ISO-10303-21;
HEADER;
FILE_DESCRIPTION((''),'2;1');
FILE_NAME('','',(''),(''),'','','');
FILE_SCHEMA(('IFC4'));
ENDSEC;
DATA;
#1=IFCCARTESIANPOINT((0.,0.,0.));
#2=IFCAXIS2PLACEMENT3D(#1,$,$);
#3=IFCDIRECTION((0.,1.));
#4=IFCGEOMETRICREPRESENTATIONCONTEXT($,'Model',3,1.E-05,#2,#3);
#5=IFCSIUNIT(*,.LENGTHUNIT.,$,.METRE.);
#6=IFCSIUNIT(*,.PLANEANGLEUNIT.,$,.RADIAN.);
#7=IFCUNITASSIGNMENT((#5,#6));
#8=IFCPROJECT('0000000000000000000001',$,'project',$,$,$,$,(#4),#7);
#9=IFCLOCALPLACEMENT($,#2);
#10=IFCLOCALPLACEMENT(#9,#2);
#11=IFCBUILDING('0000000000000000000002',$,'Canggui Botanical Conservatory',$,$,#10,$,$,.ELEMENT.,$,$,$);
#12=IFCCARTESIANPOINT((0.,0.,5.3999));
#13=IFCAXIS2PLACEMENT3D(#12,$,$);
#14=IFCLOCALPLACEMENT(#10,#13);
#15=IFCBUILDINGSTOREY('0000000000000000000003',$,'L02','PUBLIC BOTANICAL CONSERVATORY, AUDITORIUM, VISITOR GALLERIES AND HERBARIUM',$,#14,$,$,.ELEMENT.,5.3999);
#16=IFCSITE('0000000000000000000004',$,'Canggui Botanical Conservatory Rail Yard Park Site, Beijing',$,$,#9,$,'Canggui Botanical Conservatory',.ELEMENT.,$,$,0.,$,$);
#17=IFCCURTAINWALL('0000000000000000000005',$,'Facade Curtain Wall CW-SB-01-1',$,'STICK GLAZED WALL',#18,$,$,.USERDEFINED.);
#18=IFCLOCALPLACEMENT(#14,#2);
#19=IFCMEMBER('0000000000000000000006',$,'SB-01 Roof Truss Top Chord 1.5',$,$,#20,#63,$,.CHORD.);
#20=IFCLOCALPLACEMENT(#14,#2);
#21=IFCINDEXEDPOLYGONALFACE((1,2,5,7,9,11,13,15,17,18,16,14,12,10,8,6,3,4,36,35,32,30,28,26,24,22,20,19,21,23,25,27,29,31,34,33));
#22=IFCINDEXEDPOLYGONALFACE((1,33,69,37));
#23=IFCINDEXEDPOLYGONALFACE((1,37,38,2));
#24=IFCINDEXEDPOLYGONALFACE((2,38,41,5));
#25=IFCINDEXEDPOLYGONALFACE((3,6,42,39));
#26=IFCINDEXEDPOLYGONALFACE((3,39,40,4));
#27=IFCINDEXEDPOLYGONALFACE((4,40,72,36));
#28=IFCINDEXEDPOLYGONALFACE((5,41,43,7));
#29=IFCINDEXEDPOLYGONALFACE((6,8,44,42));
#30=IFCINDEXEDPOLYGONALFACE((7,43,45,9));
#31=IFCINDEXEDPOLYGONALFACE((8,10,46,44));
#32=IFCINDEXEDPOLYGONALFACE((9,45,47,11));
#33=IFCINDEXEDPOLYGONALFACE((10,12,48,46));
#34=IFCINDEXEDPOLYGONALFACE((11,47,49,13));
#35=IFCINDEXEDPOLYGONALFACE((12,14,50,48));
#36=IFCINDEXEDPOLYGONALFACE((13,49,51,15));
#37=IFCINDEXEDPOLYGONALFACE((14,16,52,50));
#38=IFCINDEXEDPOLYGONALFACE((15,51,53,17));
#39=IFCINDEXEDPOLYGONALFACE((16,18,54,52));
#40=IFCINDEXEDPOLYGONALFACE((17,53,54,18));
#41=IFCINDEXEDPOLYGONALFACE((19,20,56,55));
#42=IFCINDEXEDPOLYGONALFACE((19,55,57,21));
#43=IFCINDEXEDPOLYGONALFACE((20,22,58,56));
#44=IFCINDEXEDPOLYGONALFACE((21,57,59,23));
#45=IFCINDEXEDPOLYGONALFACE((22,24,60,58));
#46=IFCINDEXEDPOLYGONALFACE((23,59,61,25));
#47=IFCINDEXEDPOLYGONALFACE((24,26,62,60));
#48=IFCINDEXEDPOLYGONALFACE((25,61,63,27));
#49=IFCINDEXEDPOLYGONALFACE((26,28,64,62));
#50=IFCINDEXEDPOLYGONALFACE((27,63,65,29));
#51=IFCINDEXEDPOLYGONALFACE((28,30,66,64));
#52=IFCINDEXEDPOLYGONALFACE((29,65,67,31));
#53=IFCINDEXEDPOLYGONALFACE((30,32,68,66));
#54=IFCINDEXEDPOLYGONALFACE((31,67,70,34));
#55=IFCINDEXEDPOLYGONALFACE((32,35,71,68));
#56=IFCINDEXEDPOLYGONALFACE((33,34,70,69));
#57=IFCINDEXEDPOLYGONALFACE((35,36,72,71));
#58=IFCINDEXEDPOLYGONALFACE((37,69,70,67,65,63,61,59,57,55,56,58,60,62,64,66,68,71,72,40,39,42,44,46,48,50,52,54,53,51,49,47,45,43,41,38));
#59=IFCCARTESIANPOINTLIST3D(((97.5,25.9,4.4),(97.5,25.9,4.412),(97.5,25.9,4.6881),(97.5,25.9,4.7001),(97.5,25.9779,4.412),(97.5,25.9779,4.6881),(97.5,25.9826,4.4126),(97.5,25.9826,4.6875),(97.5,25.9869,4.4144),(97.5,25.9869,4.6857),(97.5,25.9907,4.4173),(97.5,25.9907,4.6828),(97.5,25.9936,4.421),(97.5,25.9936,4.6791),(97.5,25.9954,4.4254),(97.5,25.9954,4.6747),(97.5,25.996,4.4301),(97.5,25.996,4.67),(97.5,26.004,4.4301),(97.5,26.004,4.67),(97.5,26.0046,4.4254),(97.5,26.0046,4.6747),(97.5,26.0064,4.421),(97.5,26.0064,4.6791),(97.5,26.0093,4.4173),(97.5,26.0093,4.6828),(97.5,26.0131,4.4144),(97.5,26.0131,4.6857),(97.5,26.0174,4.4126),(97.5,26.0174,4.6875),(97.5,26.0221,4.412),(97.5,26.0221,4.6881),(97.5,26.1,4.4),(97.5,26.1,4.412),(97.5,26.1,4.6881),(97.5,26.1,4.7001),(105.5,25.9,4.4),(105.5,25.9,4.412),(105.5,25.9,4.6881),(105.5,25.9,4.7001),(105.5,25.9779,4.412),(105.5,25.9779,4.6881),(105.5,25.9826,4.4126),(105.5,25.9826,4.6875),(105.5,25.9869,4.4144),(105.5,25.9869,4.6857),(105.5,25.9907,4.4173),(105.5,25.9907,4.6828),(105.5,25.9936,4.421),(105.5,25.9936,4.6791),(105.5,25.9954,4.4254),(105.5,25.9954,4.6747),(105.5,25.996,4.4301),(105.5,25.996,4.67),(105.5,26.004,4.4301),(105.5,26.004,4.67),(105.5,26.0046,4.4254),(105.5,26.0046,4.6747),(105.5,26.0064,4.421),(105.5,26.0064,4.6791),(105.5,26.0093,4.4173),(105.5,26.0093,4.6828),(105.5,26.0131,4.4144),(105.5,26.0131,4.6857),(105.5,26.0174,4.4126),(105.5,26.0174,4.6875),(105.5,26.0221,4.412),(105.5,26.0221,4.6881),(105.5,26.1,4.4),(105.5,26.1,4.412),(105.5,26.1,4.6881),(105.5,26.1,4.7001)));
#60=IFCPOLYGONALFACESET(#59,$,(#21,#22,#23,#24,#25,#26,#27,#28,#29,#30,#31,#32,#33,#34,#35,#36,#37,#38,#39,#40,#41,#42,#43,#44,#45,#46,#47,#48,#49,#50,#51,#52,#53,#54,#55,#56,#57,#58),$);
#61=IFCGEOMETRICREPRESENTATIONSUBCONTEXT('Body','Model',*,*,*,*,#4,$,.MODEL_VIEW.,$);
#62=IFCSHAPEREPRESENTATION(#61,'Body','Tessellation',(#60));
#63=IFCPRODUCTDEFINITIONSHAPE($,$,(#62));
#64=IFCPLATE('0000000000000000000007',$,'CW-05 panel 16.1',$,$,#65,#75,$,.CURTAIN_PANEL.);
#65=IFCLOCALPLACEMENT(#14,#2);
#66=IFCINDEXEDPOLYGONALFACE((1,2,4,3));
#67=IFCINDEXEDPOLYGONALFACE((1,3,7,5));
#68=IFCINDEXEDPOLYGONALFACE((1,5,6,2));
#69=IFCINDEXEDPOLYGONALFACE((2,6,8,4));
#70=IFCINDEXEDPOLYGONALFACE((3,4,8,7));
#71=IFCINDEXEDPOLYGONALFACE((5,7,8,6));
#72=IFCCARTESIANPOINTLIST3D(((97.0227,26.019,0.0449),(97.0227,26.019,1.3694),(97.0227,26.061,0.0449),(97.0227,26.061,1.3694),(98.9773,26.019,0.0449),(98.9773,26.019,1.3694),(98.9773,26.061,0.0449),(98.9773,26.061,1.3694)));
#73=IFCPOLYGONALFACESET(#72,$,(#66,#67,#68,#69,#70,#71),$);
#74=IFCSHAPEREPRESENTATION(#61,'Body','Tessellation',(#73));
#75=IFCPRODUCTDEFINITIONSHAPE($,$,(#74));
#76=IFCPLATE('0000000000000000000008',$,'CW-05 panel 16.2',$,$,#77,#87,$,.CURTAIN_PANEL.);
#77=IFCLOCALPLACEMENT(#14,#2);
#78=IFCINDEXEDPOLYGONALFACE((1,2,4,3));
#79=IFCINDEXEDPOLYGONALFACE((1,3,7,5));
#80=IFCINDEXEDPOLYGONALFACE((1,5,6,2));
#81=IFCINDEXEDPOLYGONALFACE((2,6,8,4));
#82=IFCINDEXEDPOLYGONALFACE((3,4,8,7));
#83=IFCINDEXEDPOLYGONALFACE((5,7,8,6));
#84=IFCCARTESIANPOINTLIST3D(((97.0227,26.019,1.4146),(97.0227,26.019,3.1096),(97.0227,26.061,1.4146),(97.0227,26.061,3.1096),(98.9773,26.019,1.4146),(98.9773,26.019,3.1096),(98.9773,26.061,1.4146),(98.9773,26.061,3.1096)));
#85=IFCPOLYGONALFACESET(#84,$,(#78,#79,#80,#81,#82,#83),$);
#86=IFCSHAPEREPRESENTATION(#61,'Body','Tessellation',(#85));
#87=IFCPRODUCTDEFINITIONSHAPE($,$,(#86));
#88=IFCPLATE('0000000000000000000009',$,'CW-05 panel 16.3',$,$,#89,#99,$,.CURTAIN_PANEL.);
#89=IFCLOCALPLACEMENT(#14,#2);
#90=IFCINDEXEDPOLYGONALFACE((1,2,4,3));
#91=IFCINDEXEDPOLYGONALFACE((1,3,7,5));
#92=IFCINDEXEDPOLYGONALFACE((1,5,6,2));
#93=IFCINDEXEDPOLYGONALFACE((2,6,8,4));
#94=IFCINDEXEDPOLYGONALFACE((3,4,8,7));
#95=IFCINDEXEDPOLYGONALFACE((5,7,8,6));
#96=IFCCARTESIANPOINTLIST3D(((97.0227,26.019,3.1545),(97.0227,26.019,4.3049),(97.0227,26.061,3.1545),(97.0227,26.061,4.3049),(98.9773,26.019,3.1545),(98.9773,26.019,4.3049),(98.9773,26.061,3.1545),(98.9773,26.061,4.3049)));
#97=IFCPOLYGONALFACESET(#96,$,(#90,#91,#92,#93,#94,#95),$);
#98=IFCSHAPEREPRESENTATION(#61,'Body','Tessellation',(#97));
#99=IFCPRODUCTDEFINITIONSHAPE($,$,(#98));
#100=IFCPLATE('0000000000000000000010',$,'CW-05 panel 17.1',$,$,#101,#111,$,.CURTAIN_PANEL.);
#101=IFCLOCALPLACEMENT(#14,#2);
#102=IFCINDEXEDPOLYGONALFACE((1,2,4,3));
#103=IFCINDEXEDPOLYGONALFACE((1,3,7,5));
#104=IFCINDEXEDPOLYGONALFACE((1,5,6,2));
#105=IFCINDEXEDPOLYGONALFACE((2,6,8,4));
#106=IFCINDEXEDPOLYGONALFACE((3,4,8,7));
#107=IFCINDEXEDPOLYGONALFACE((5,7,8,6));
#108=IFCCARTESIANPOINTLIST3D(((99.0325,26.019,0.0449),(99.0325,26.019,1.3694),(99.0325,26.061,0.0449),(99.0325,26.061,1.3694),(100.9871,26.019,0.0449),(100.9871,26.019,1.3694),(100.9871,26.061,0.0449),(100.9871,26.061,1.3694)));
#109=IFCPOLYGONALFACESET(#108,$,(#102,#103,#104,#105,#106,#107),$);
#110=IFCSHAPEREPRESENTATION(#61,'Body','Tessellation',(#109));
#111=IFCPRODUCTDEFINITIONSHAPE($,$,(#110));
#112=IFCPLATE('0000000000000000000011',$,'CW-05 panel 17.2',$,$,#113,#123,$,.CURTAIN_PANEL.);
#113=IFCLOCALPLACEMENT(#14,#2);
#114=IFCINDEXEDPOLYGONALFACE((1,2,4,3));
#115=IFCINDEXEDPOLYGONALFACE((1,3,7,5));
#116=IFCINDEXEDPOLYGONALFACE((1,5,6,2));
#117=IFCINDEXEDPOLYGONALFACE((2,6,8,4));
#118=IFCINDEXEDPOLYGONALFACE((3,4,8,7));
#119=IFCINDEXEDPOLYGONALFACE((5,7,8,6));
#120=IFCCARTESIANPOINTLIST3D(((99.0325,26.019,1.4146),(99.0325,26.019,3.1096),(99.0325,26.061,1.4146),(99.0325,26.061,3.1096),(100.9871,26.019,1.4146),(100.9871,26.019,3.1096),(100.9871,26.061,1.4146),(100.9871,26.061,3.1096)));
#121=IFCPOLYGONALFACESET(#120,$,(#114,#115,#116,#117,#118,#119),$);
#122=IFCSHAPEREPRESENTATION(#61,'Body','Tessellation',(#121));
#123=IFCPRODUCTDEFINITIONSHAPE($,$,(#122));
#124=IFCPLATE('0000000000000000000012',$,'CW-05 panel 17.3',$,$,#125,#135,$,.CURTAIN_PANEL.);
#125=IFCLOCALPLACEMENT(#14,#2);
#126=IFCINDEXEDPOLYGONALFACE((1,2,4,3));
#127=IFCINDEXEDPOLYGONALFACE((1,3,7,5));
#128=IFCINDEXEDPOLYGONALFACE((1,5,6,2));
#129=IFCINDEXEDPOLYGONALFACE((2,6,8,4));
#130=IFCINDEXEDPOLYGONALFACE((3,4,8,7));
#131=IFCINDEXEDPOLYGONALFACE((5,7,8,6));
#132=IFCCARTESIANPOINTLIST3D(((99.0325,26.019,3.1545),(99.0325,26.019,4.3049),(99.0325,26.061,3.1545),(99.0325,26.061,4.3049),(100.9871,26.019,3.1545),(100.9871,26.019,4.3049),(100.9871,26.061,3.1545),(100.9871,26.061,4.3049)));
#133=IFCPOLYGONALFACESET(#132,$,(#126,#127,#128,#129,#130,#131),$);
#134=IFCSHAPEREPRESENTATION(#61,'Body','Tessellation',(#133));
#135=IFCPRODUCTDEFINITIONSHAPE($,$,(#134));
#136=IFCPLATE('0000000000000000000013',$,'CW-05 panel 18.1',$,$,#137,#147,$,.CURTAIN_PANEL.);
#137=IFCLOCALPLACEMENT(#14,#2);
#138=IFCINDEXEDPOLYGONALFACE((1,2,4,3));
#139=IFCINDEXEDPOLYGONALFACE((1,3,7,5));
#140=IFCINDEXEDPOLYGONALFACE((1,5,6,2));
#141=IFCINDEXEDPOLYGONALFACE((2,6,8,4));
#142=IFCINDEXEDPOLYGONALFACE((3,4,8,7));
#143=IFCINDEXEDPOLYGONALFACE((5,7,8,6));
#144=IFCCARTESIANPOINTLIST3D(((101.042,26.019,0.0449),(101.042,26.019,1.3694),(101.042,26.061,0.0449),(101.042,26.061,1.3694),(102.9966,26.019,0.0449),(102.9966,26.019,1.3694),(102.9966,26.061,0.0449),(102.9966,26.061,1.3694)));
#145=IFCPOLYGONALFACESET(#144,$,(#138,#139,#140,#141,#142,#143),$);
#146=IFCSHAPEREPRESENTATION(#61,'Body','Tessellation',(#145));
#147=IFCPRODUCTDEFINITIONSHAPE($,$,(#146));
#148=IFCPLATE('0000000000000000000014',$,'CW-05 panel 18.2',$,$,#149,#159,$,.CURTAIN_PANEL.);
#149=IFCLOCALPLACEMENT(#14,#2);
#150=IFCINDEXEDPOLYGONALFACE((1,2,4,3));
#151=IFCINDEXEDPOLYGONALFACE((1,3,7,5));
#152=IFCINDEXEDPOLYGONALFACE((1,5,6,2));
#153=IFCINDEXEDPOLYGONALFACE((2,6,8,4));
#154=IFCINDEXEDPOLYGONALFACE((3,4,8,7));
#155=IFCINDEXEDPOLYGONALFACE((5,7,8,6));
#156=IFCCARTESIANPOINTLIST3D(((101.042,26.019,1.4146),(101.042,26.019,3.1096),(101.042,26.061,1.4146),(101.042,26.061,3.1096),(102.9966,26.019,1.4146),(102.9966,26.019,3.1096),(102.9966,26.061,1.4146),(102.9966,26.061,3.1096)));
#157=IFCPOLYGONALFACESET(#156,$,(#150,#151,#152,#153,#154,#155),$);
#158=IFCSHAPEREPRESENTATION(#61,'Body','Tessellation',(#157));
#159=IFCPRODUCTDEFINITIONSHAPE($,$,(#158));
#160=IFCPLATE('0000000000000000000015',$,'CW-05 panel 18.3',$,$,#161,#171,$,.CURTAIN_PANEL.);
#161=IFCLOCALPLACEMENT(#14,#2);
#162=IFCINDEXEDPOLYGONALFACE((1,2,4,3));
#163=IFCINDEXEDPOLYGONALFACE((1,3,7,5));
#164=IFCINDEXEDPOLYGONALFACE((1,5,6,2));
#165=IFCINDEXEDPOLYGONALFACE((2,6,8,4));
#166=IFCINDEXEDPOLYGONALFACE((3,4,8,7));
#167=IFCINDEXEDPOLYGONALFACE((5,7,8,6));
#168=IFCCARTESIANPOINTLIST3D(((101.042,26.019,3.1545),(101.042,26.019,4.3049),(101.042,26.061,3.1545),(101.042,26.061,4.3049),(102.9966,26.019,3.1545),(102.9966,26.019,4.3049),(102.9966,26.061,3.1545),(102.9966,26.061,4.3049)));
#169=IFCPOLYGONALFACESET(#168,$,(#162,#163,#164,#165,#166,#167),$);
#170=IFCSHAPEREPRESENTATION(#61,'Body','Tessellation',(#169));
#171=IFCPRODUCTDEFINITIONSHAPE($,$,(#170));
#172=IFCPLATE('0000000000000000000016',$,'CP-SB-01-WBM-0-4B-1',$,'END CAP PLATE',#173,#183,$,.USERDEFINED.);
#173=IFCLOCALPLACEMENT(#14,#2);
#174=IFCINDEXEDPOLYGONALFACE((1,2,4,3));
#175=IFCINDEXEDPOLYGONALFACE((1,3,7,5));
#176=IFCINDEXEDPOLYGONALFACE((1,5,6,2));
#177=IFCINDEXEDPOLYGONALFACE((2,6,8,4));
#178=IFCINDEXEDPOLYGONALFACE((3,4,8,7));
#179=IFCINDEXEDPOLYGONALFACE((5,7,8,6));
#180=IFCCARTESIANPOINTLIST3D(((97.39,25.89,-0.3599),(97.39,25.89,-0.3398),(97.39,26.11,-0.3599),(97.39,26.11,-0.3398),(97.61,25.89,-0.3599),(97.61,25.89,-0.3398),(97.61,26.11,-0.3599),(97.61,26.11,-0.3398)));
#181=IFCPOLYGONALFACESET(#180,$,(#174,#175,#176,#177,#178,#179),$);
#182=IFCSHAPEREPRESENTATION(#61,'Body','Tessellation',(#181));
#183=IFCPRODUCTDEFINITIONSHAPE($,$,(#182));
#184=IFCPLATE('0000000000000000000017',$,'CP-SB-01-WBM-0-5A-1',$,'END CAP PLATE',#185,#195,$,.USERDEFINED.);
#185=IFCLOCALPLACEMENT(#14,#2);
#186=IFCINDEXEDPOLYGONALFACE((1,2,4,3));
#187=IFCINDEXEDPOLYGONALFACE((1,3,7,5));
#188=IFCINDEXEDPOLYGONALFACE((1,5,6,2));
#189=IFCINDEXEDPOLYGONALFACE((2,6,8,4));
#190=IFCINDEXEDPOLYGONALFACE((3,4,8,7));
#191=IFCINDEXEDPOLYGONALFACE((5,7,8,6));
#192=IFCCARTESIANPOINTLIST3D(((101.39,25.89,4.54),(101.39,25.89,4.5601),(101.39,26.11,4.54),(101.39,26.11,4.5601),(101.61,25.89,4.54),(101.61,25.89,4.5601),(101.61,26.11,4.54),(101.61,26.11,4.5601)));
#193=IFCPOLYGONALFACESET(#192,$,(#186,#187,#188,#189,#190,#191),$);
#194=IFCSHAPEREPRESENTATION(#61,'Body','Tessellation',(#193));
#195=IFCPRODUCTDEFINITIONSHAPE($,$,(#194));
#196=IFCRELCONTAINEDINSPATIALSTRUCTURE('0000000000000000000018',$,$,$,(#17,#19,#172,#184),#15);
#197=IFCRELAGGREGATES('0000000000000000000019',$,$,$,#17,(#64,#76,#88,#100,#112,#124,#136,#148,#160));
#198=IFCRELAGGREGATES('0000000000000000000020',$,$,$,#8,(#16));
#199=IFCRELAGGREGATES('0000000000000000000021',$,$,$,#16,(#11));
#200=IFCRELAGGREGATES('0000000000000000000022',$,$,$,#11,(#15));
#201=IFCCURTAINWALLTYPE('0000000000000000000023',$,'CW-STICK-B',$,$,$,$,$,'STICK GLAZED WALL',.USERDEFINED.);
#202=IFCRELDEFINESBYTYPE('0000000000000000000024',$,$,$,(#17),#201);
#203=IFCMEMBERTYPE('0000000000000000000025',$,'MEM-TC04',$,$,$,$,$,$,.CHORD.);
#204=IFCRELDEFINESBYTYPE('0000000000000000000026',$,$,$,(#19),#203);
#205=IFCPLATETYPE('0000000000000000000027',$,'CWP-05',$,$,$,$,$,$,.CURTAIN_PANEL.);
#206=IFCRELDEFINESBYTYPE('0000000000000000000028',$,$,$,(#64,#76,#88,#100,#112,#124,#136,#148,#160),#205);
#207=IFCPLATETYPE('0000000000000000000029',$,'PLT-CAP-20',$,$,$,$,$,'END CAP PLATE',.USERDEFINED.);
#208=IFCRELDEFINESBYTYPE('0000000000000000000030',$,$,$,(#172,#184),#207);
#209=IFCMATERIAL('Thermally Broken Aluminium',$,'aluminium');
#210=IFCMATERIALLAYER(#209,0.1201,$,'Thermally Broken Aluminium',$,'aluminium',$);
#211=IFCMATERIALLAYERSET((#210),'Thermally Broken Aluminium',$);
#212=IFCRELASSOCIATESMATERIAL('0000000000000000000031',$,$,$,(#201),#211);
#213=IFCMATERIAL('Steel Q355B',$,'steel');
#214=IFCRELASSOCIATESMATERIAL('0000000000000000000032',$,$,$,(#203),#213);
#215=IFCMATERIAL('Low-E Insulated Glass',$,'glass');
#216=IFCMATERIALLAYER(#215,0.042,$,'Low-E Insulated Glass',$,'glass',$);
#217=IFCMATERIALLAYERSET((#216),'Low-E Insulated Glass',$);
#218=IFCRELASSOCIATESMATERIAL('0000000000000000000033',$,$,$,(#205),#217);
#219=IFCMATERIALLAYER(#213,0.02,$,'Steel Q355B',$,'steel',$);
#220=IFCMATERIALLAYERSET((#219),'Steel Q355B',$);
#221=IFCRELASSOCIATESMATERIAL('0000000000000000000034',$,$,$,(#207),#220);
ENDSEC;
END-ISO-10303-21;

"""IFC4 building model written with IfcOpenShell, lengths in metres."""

from ifc_helpers import new_model, si_unit, direction, frame, origin, origin_2d, place, context, subcontext, project, spatial, rectangle, i_section, extrude, material, layer, layer_set, material_profile, profile_set, type_object, element, aggregate, save


model = new_model("IFC4")

# Units and contexts
model_context = context("Model", 3, precision=1e-05, world=origin(), true_north=direction((0.0, 1.0)))
body_context = subcontext(model_context, "Body", "Model", "MODEL_VIEW")
ifc_project = project(units=[si_unit("LENGTHUNIT", "METRE"), si_unit("PLANEANGLEUNIT", "RADIAN")], contexts=[model_context])

# Site, building, storey
site_placement = place(None, origin())
site = spatial("IfcSite", under=ifc_project, at=site_placement, Name="Canggui Botanical Conservatory Rail Yard Park Site, Beijing", LongName="Canggui Botanical Conservatory", CompositionType="ELEMENT", RefElevation=0.0)
building_placement = place(site_placement, origin())
building = spatial("IfcBuilding", under=site, at=building_placement, Name="Canggui Botanical Conservatory", CompositionType="ELEMENT")
storey_placement = place(building_placement, frame((0.0, 0.0, 5.3999)))
storey = spatial("IfcBuildingStorey", under=building, at=storey_placement, Name="L02", Description="PUBLIC BOTANICAL CONSERVATORY, AUDITORIUM, VISITOR GALLERIES AND HERBARIUM", CompositionType="ELEMENT", Elevation=5.3999)

# Shared definitions
ifc_material_1 = material(Name="Steel Q355B", Category="steel")

# Curtain wall
ifc_material_2 = material(Name="Thermally Broken Aluminium", Category="aluminium")
ifc_layer_1 = layer(ifc_material_2, 0.1201, Name="Thermally Broken Aluminium", Category="aluminium")
ifc_layer_set_1 = layer_set([ifc_layer_1], Name="Thermally Broken Aluminium")
curtain_wall_type = type_object("IfcCurtainWallType", Name="CW-STICK-B", ElementType="STICK GLAZED WALL", PredefinedType="USERDEFINED", material=ifc_layer_set_1)
curtain_wall_placement = place(storey_placement, origin())
curtain_wall = element("IfcCurtainWall", 1, at=curtain_wall_placement, inside=storey, type_object=curtain_wall_type, Name="Facade Curtain Wall CW-SB-01-1", ObjectType="STICK GLAZED WALL", PredefinedType="USERDEFINED")

# Member
ifc_material_profile_1 = material_profile(ifc_material_1, i_section(OverallWidth=0.2, OverallDepth=0.3, WebThickness=0.0081, FlangeThickness=0.012, FilletRadius=0.0181, at=origin_2d()), Name="HM 300x200x8x12")
ifc_profile_set_1 = profile_set([ifc_material_profile_1], Name="Steel Q355B")
member_type_1 = type_object("IfcMemberType", Name="MEM-TC04", PredefinedType="CHORD", material=ifc_profile_set_1)
member_1_placement = place(storey_placement, frame((97.5, 26.0, 4.55), z_axis=(1.0, 0.0, 0.0), x_axis=(0.0, 1.0, 0.0)))
element("IfcMember", 2, at=member_1_placement, inside=storey, type_object=member_type_1, Name="SB-01 Roof Truss Top Chord 1.5", PredefinedType="CHORD", context=body_context, shape_type="SweptSolid", body=[
    extrude(i_section(OverallWidth=0.2, OverallDepth=0.3, WebThickness=0.0081, FlangeThickness=0.012, FilletRadius=0.0181, at=origin_2d()), origin(), (0.0, 0.0, 1.0), 8.0),
])

# Plates
ifc_material_3 = material(Name="Low-E Insulated Glass", Category="glass")
ifc_layer_2 = layer(ifc_material_3, 0.042, Name="Low-E Insulated Glass", Category="glass")
ifc_layer_set_2 = layer_set([ifc_layer_2], Name="Low-E Insulated Glass")
plate_type_1 = type_object("IfcPlateType", Name="CWP-05", PredefinedType="CURTAIN_PANEL", material=ifc_layer_set_2)
plate_1_placement = place(storey_placement, frame((98.0, 26.04, 0.0449), z_axis=(0.0, 0.0, 1.0), x_axis=(1.0, 0.0, 0.0)))
plate_1 = element("IfcPlate", 3, at=plate_1_placement, type_object=plate_type_1, Name="CW-05 panel 16.1", PredefinedType="CURTAIN_PANEL", context=body_context, shape_type="SweptSolid", body=[
    extrude(rectangle(XDim=1.9546, YDim=0.042, at=origin_2d()), origin(), (0.0, 0.0, 1.0), 1.3245),
])
plate_2_placement = place(storey_placement, frame((98.0, 26.04, 1.4146), z_axis=(0.0, 0.0, 1.0), x_axis=(1.0, 0.0, 0.0)))
plate_2 = element("IfcPlate", 4, at=plate_2_placement, type_object=plate_type_1, Name="CW-05 panel 16.2", PredefinedType="CURTAIN_PANEL", context=body_context, shape_type="SweptSolid", body=[
    extrude(rectangle(XDim=1.9546, YDim=0.042, at=origin_2d()), origin(), (0.0, 0.0, 1.0), 1.6951),
])
plate_3_placement = place(storey_placement, frame((98.0, 26.04, 3.1545), z_axis=(0.0, 0.0, 1.0), x_axis=(1.0, 0.0, 0.0)))
plate_3 = element("IfcPlate", 5, at=plate_3_placement, type_object=plate_type_1, Name="CW-05 panel 16.3", PredefinedType="CURTAIN_PANEL", context=body_context, shape_type="SweptSolid", body=[
    extrude(rectangle(XDim=1.9546, YDim=0.042, at=origin_2d()), origin(), (0.0, 0.0, 1.0), 1.1504),
])
plate_4_placement = place(storey_placement, frame((100.0098, 26.04, 0.0449), z_axis=(0.0, 0.0, 1.0), x_axis=(1.0, 0.0, 0.0)))
plate_4 = element("IfcPlate", 6, at=plate_4_placement, type_object=plate_type_1, Name="CW-05 panel 17.1", PredefinedType="CURTAIN_PANEL", context=body_context, shape_type="SweptSolid", body=[
    extrude(rectangle(XDim=1.9546, YDim=0.042, at=origin_2d()), origin(), (0.0, 0.0, 1.0), 1.3245),
])
plate_5_placement = place(storey_placement, frame((100.0098, 26.04, 1.4146), z_axis=(0.0, 0.0, 1.0), x_axis=(1.0, 0.0, 0.0)))
plate_5 = element("IfcPlate", 7, at=plate_5_placement, type_object=plate_type_1, Name="CW-05 panel 17.2", PredefinedType="CURTAIN_PANEL", context=body_context, shape_type="SweptSolid", body=[
    extrude(rectangle(XDim=1.9546, YDim=0.042, at=origin_2d()), origin(), (0.0, 0.0, 1.0), 1.6951),
])
plate_6_placement = place(storey_placement, frame((100.0098, 26.04, 3.1545), z_axis=(0.0, 0.0, 1.0), x_axis=(1.0, 0.0, 0.0)))
plate_6 = element("IfcPlate", 8, at=plate_6_placement, type_object=plate_type_1, Name="CW-05 panel 17.3", PredefinedType="CURTAIN_PANEL", context=body_context, shape_type="SweptSolid", body=[
    extrude(rectangle(XDim=1.9546, YDim=0.042, at=origin_2d()), origin(), (0.0, 0.0, 1.0), 1.1504),
])
plate_7_placement = place(storey_placement, frame((102.0193, 26.04, 0.0449), z_axis=(0.0, 0.0, 1.0), x_axis=(1.0, 0.0, 0.0)))
plate_7 = element("IfcPlate", 9, at=plate_7_placement, type_object=plate_type_1, Name="CW-05 panel 18.1", PredefinedType="CURTAIN_PANEL", context=body_context, shape_type="SweptSolid", body=[
    extrude(rectangle(XDim=1.9546, YDim=0.042, at=origin_2d()), origin(), (0.0, 0.0, 1.0), 1.3245),
])
plate_8_placement = place(storey_placement, frame((102.0193, 26.04, 1.4146), z_axis=(0.0, 0.0, 1.0), x_axis=(1.0, 0.0, 0.0)))
plate_8 = element("IfcPlate", 10, at=plate_8_placement, type_object=plate_type_1, Name="CW-05 panel 18.2", PredefinedType="CURTAIN_PANEL", context=body_context, shape_type="SweptSolid", body=[
    extrude(rectangle(XDim=1.9546, YDim=0.042, at=origin_2d()), origin(), (0.0, 0.0, 1.0), 1.6951),
])
plate_9_placement = place(storey_placement, frame((102.0193, 26.04, 3.1545), z_axis=(0.0, 0.0, 1.0), x_axis=(1.0, 0.0, 0.0)))
plate_9 = element("IfcPlate", 11, at=plate_9_placement, type_object=plate_type_1, Name="CW-05 panel 18.3", PredefinedType="CURTAIN_PANEL", context=body_context, shape_type="SweptSolid", body=[
    extrude(rectangle(XDim=1.9546, YDim=0.042, at=origin_2d()), origin(), (0.0, 0.0, 1.0), 1.1504),
])
aggregate(curtain_wall, [plate_1, plate_2, plate_3, plate_4, plate_5, plate_6, plate_7, plate_8, plate_9])

# Plates
ifc_layer_3 = layer(ifc_material_1, 0.02, Name="Steel Q355B", Category="steel")
ifc_layer_set_3 = layer_set([ifc_layer_3], Name="Steel Q355B")
plate_type_2 = type_object("IfcPlateType", Name="PLT-CAP-20", ElementType="END CAP PLATE", PredefinedType="USERDEFINED", material=ifc_layer_set_3)
for number, where, z_axis, x_axis, name in (
    (12, (97.5, 26.0, -0.3599), (0.0, 0.0, 1.0), (1.0, 0.0, 0.0), "CP-SB-01-WBM-0-4B-1"),
    (13, (101.5, 26.0, 4.54), (0.0, 0.0, 1.0), (1.0, 0.0, 0.0), "CP-SB-01-WBM-0-5A-1"),
):
    element("IfcPlate", number, at=place(storey_placement, frame(where, z_axis=z_axis, x_axis=x_axis)), inside=storey, type_object=plate_type_2, Name=name, ObjectType="END CAP PLATE", PredefinedType="USERDEFINED", context=body_context, shape_type="SweptSolid", body=[
        extrude(rectangle(XDim=0.22, YDim=0.22, at=origin_2d()), origin(), (0.0, 0.0, 1.0), 0.02),
    ])

save(model, "model.ifc")
